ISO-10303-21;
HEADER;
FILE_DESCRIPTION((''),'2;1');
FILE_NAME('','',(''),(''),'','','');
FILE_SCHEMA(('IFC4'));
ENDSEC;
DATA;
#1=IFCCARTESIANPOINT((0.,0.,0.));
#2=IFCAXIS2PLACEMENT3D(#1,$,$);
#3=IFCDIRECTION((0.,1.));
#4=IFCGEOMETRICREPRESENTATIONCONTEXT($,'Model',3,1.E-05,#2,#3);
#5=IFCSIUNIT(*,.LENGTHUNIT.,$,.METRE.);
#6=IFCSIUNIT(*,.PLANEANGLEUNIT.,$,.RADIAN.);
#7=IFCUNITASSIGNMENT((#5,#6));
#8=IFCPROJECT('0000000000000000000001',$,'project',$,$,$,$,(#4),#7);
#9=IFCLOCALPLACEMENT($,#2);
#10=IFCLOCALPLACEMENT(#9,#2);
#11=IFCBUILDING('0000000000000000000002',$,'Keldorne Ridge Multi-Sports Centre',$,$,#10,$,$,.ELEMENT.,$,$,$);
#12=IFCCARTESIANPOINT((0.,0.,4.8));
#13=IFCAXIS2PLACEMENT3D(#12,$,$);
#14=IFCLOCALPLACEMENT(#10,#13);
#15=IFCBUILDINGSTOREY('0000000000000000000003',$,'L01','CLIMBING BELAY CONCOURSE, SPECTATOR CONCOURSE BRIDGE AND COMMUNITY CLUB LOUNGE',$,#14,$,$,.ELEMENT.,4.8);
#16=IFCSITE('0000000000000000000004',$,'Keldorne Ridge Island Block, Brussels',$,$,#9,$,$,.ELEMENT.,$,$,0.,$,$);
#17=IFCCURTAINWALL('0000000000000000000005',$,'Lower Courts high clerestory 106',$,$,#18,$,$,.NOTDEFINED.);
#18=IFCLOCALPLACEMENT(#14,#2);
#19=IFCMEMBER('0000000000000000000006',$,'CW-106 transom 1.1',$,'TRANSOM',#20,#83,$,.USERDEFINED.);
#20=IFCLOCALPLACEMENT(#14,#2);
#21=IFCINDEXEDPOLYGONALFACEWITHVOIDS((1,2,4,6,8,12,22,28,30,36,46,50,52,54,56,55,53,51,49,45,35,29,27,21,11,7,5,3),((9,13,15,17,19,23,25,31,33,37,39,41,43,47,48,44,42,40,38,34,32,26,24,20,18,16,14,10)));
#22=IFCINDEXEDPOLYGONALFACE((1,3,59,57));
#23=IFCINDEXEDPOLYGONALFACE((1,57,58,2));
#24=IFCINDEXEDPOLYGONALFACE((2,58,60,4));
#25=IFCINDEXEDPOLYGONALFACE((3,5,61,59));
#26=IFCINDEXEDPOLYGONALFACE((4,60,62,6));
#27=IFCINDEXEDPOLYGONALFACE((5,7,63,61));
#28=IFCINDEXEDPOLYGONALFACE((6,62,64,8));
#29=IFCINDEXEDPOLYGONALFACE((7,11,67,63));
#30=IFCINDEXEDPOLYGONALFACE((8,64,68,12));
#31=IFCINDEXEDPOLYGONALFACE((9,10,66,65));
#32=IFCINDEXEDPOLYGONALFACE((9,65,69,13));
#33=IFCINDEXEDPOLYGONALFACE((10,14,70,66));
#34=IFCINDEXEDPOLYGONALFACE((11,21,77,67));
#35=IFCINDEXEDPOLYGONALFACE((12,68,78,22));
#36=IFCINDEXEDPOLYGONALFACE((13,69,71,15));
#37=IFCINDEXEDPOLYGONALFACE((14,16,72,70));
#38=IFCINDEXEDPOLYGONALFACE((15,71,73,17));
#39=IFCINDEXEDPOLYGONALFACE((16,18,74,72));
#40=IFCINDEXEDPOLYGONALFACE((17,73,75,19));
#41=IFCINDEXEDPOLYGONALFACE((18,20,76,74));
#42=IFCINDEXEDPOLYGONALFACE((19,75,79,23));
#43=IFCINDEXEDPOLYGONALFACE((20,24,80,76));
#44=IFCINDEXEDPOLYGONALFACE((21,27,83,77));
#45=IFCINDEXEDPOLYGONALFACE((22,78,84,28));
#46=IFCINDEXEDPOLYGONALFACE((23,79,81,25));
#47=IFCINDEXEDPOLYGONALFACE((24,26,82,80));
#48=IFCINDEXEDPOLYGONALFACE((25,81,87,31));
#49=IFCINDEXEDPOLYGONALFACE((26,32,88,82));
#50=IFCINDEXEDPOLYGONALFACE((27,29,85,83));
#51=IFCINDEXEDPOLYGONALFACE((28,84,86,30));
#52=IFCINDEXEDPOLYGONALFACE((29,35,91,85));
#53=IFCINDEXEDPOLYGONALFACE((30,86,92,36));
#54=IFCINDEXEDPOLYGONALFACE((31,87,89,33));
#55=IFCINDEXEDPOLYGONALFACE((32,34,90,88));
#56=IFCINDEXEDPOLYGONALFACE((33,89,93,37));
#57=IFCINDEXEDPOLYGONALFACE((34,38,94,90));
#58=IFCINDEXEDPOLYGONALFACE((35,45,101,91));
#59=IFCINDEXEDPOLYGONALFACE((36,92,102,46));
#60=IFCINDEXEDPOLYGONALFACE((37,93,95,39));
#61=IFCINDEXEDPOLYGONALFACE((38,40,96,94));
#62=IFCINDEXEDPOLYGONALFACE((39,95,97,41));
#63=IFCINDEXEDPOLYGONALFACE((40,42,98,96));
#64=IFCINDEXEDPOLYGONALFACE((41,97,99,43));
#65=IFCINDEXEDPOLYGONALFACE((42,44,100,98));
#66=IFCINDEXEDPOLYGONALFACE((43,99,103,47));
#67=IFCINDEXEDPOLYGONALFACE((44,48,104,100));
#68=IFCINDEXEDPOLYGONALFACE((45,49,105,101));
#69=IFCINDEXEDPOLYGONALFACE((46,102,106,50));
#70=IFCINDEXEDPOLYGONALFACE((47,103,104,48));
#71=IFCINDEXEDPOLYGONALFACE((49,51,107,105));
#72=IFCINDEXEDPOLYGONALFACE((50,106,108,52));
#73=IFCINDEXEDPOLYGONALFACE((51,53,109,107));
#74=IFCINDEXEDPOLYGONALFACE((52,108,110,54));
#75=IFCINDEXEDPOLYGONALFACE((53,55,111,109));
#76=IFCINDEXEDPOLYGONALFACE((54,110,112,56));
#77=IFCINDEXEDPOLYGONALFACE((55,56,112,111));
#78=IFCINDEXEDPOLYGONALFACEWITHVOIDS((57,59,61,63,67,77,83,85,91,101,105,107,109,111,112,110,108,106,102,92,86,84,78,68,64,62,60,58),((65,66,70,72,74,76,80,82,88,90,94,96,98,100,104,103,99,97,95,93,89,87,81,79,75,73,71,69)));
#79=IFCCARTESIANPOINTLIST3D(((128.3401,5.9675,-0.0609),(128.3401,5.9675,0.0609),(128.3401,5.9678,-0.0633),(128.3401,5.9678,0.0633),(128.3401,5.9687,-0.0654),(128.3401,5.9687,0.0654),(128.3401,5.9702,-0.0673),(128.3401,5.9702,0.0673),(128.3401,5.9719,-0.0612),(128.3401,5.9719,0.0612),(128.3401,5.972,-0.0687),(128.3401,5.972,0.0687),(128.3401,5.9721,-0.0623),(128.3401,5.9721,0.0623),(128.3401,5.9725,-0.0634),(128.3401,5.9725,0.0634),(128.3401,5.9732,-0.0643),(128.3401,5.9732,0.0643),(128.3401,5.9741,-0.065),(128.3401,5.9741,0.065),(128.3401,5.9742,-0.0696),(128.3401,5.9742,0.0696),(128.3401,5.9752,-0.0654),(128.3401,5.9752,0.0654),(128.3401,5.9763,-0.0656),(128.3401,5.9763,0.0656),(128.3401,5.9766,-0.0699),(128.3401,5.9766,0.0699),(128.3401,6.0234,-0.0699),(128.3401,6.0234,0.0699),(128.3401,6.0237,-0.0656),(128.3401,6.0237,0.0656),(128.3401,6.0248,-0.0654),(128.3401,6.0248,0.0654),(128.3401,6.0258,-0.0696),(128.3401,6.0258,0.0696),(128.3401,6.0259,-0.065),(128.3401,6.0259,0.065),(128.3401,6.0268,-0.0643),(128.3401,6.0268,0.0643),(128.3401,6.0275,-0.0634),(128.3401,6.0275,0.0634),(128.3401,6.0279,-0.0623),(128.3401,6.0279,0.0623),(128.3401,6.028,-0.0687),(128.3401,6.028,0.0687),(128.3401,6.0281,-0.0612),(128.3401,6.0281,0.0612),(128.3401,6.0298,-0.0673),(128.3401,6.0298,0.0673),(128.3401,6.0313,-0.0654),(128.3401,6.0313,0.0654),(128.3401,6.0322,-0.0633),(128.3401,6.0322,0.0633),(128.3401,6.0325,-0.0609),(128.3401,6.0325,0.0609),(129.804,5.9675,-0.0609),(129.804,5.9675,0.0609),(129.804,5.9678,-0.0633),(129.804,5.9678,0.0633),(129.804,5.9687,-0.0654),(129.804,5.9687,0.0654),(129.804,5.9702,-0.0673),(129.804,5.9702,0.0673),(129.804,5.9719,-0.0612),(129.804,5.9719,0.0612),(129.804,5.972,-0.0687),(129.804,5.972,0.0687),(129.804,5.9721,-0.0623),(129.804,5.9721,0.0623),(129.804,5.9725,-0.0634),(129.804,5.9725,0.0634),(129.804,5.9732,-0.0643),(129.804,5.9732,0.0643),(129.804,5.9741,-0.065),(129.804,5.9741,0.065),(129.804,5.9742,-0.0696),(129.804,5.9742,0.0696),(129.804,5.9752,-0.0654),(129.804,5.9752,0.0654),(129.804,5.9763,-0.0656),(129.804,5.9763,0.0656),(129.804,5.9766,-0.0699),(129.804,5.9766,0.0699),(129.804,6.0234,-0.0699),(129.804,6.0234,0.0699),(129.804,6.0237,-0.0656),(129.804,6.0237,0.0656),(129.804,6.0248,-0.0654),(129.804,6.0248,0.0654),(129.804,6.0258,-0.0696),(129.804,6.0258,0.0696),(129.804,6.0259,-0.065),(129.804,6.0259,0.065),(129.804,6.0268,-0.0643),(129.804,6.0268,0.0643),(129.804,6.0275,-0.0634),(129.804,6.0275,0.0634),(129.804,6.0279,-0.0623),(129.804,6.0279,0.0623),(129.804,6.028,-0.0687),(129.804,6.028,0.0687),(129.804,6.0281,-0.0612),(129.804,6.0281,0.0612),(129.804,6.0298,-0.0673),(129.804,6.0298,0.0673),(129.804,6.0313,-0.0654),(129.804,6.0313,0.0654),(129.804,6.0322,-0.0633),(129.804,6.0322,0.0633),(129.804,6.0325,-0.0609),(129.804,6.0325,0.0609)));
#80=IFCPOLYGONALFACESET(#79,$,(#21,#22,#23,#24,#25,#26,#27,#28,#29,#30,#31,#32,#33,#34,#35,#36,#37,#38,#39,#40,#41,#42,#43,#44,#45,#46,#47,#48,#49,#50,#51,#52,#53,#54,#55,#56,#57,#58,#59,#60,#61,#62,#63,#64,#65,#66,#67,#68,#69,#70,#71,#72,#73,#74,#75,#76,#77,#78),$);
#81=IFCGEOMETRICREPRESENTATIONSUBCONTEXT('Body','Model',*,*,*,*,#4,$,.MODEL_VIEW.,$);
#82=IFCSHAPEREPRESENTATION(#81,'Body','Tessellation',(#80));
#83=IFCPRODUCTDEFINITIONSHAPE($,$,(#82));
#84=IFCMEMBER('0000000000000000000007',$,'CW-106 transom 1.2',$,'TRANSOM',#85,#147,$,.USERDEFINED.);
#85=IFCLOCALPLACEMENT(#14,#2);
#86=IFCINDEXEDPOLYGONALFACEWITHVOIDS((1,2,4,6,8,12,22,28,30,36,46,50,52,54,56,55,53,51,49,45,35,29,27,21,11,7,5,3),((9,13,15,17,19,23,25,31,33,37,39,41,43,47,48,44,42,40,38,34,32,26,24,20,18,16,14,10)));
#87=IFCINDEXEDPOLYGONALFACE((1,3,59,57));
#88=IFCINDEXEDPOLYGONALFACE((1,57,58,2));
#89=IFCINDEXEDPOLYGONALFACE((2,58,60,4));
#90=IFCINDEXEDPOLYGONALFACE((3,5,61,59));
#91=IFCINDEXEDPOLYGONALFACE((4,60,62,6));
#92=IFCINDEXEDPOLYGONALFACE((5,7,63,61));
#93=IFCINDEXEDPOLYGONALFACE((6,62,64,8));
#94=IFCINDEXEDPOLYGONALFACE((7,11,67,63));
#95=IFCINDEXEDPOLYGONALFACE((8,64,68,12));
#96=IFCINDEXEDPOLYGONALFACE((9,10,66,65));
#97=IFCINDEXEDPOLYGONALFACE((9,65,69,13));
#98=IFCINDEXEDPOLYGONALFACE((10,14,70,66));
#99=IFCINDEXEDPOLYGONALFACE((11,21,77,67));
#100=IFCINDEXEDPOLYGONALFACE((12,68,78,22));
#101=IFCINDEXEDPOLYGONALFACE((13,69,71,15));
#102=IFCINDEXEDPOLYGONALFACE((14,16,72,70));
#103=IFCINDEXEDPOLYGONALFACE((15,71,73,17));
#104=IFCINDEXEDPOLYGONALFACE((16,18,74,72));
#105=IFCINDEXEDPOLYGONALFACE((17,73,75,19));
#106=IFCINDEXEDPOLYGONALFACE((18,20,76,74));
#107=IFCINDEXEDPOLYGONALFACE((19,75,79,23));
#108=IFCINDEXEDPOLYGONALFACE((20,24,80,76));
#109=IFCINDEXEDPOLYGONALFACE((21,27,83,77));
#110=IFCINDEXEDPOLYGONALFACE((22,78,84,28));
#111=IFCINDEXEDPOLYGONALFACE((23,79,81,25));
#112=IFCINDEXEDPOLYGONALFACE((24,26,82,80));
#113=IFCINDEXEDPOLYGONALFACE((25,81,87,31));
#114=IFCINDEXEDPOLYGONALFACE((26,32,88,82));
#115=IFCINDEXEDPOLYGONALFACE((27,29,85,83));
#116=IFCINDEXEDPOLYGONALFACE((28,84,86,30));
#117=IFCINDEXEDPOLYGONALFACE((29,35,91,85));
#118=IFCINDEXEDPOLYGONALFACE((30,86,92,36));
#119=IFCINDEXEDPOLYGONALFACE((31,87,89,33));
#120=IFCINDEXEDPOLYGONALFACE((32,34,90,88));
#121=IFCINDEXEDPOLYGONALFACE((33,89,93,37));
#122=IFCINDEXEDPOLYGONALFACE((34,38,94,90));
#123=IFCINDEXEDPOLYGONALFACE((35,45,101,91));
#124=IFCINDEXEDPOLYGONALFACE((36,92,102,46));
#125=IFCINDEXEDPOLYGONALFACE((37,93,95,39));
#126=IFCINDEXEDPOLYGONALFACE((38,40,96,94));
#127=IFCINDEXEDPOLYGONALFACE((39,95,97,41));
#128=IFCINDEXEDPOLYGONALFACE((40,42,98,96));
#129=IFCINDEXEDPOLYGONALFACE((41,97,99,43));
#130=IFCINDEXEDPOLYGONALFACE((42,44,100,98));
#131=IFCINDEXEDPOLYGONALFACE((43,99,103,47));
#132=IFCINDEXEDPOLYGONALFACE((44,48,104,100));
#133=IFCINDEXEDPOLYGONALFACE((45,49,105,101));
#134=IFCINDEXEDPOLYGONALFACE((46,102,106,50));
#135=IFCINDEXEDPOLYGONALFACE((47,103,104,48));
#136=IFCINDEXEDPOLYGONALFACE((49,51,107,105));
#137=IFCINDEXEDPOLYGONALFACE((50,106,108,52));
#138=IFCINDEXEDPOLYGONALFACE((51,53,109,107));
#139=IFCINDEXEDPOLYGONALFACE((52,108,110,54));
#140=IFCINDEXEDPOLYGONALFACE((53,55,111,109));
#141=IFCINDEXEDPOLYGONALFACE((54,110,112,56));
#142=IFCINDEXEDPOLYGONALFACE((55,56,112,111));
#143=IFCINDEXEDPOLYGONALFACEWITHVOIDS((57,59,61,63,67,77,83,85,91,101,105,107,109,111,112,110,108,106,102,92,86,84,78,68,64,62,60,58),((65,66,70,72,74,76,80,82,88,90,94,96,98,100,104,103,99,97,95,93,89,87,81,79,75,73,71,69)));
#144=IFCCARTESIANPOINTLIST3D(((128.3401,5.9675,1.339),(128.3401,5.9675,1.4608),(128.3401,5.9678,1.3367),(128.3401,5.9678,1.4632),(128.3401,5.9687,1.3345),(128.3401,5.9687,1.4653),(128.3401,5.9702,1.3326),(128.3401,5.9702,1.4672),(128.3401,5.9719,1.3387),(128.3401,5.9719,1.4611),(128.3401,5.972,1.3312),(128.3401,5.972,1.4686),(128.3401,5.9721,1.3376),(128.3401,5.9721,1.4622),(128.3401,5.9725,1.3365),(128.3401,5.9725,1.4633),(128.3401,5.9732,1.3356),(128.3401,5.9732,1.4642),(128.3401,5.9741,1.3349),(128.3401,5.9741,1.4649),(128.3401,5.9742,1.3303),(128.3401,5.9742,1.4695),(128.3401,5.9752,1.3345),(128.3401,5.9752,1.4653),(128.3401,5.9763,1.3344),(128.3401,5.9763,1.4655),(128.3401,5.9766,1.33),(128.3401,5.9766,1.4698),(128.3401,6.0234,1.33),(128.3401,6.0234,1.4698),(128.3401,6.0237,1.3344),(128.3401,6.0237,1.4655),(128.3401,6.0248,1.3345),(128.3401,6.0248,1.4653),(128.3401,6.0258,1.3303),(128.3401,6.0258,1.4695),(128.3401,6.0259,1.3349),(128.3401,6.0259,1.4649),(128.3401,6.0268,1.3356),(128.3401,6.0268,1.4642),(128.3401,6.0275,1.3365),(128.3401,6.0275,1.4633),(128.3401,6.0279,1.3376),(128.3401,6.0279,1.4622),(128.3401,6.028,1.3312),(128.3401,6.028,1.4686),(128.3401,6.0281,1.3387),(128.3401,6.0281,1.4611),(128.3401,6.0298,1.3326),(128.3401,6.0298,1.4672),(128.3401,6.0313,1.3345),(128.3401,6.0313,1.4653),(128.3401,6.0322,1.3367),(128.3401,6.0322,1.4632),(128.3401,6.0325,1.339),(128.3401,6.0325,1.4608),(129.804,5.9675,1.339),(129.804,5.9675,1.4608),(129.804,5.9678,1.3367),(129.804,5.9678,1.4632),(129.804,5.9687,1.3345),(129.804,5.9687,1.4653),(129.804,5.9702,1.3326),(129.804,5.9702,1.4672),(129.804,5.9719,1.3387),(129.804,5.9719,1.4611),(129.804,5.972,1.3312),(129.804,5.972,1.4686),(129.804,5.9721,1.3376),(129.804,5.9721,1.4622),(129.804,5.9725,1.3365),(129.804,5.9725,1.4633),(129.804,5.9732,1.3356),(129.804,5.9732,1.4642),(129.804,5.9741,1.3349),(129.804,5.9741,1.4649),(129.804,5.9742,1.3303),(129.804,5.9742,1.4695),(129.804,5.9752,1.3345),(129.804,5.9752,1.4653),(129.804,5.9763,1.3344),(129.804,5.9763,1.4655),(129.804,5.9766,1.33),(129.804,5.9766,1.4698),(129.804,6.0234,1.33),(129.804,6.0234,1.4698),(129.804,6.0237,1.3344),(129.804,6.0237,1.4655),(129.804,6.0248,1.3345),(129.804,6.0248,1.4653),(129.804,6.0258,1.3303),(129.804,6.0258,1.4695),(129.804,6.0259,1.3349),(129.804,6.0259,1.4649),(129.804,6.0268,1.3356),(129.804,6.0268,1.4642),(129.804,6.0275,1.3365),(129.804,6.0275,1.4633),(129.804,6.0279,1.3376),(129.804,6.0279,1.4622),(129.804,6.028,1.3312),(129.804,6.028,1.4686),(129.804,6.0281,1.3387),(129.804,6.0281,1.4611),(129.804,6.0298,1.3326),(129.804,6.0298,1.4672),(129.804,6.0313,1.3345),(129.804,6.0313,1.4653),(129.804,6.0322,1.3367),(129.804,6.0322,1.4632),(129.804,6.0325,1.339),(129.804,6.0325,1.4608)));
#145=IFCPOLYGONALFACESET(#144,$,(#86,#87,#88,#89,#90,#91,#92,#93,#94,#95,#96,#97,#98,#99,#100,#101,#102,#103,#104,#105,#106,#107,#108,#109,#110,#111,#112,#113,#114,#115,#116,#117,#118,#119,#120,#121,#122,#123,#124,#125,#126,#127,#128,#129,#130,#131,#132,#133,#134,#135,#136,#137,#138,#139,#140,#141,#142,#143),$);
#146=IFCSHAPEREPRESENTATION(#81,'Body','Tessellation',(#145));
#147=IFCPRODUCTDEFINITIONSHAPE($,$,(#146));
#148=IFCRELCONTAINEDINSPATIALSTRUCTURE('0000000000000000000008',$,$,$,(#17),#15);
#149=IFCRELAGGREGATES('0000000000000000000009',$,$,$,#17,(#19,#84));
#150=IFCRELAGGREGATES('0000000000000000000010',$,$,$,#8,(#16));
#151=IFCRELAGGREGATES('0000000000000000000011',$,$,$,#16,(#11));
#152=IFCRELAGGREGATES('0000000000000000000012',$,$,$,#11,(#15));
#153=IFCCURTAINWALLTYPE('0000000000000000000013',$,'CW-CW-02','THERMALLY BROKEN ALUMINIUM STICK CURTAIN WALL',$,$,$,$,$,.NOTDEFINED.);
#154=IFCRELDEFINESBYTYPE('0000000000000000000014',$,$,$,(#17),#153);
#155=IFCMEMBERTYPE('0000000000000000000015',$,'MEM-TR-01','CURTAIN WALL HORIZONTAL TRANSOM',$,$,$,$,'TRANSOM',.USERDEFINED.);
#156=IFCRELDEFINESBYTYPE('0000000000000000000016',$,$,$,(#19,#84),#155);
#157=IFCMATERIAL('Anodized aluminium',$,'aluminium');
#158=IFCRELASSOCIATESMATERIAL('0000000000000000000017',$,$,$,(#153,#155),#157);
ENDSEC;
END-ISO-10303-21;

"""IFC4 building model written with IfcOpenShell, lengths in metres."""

from ifc_helpers import new_model, si_unit, direction, frame, origin, origin_2d, place, context, subcontext, project, spatial, hollow_rectangle, extrude, material, material_profile, profile_set, type_object, element, aggregate, save


model = new_model("IFC4")

# Units and contexts
model_context = context("Model", 3, precision=1e-05, world=origin(), true_north=direction((0.0, 1.0)))
body_context = subcontext(model_context, "Body", "Model", "MODEL_VIEW")
ifc_project = project(units=[si_unit("LENGTHUNIT", "METRE"), si_unit("PLANEANGLEUNIT", "RADIAN")], contexts=[model_context])

# Site, building, storey
site_placement = place(None, origin())
site = spatial("IfcSite", under=ifc_project, at=site_placement, Name="Keldorne Ridge Island Block, Brussels", CompositionType="ELEMENT", RefElevation=0.0)
building_placement = place(site_placement, origin())
building = spatial("IfcBuilding", under=site, at=building_placement, Name="Keldorne Ridge Multi-Sports Centre", CompositionType="ELEMENT")
storey_placement = place(building_placement, frame((0.0, 0.0, 4.8)))
storey = spatial("IfcBuildingStorey", under=building, at=storey_placement, Name="L01", Description="CLIMBING BELAY CONCOURSE, SPECTATOR CONCOURSE BRIDGE AND COMMUNITY CLUB LOUNGE", CompositionType="ELEMENT", Elevation=4.8)

# Curtain wall, members
ifc_material_1 = material(Name="Anodized aluminium", Category="aluminium")
curtain_wall_type = type_object("IfcCurtainWallType", Name="CW-CW-02", Description="THERMALLY BROKEN ALUMINIUM STICK CURTAIN WALL", PredefinedType="NOTDEFINED", material=ifc_material_1)
curtain_wall_placement = place(storey_placement, origin())
curtain_wall = element("IfcCurtainWall", 1, at=curtain_wall_placement, inside=storey, type_object=curtain_wall_type, Name="Lower Courts high clerestory 106", PredefinedType="NOTDEFINED")
ifc_material_profile_1 = material_profile(ifc_material_1, hollow_rectangle(XDim=0.0649, YDim=0.1399, WallThickness=0.0044, InnerFilletRadius=0.0044, OuterFilletRadius=0.009, at=origin_2d()), Name="ALU TRANSOM 140x65x4.5")
ifc_profile_set_1 = profile_set([ifc_material_profile_1], Name="Anodized aluminium")
member_type_1 = type_object("IfcMemberType", Name="MEM-TR-01", Description="CURTAIN WALL HORIZONTAL TRANSOM", ElementType="TRANSOM", PredefinedType="USERDEFINED", material=ifc_profile_set_1)
member_1_placement = place(storey_placement, frame((128.3401, 6.0, 0.0), z_axis=(1.0, 0.0, 0.0), x_axis=(0.0, 1.0, 0.0)))
member_1 = element("IfcMember", 2, at=member_1_placement, type_object=member_type_1, Name="CW-106 transom 1.1", ObjectType="TRANSOM", PredefinedType="USERDEFINED", context=body_context, shape_type="SweptSolid", body=[
    extrude(hollow_rectangle(XDim=0.0649, YDim=0.1399, WallThickness=0.0044, InnerFilletRadius=0.0044, OuterFilletRadius=0.009, at=origin_2d()), origin(), (0.0, 0.0, 1.0), 1.4639),
])
member_2_placement = place(storey_placement, frame((128.3401, 6.0, 1.3999), z_axis=(1.0, 0.0, 0.0), x_axis=(0.0, 1.0, 0.0)))
member_2 = element("IfcMember", 3, at=member_2_placement, type_object=member_type_1, Name="CW-106 transom 1.2", ObjectType="TRANSOM", PredefinedType="USERDEFINED", context=body_context, shape_type="SweptSolid", body=[
    extrude(hollow_rectangle(XDim=0.0649, YDim=0.1399, WallThickness=0.0044, InnerFilletRadius=0.0044, OuterFilletRadius=0.009, at=origin_2d()), origin(), (0.0, 0.0, 1.0), 1.4639),
])

aggregate(curtain_wall, [member_1, member_2])

save(model, "model.ifc")
